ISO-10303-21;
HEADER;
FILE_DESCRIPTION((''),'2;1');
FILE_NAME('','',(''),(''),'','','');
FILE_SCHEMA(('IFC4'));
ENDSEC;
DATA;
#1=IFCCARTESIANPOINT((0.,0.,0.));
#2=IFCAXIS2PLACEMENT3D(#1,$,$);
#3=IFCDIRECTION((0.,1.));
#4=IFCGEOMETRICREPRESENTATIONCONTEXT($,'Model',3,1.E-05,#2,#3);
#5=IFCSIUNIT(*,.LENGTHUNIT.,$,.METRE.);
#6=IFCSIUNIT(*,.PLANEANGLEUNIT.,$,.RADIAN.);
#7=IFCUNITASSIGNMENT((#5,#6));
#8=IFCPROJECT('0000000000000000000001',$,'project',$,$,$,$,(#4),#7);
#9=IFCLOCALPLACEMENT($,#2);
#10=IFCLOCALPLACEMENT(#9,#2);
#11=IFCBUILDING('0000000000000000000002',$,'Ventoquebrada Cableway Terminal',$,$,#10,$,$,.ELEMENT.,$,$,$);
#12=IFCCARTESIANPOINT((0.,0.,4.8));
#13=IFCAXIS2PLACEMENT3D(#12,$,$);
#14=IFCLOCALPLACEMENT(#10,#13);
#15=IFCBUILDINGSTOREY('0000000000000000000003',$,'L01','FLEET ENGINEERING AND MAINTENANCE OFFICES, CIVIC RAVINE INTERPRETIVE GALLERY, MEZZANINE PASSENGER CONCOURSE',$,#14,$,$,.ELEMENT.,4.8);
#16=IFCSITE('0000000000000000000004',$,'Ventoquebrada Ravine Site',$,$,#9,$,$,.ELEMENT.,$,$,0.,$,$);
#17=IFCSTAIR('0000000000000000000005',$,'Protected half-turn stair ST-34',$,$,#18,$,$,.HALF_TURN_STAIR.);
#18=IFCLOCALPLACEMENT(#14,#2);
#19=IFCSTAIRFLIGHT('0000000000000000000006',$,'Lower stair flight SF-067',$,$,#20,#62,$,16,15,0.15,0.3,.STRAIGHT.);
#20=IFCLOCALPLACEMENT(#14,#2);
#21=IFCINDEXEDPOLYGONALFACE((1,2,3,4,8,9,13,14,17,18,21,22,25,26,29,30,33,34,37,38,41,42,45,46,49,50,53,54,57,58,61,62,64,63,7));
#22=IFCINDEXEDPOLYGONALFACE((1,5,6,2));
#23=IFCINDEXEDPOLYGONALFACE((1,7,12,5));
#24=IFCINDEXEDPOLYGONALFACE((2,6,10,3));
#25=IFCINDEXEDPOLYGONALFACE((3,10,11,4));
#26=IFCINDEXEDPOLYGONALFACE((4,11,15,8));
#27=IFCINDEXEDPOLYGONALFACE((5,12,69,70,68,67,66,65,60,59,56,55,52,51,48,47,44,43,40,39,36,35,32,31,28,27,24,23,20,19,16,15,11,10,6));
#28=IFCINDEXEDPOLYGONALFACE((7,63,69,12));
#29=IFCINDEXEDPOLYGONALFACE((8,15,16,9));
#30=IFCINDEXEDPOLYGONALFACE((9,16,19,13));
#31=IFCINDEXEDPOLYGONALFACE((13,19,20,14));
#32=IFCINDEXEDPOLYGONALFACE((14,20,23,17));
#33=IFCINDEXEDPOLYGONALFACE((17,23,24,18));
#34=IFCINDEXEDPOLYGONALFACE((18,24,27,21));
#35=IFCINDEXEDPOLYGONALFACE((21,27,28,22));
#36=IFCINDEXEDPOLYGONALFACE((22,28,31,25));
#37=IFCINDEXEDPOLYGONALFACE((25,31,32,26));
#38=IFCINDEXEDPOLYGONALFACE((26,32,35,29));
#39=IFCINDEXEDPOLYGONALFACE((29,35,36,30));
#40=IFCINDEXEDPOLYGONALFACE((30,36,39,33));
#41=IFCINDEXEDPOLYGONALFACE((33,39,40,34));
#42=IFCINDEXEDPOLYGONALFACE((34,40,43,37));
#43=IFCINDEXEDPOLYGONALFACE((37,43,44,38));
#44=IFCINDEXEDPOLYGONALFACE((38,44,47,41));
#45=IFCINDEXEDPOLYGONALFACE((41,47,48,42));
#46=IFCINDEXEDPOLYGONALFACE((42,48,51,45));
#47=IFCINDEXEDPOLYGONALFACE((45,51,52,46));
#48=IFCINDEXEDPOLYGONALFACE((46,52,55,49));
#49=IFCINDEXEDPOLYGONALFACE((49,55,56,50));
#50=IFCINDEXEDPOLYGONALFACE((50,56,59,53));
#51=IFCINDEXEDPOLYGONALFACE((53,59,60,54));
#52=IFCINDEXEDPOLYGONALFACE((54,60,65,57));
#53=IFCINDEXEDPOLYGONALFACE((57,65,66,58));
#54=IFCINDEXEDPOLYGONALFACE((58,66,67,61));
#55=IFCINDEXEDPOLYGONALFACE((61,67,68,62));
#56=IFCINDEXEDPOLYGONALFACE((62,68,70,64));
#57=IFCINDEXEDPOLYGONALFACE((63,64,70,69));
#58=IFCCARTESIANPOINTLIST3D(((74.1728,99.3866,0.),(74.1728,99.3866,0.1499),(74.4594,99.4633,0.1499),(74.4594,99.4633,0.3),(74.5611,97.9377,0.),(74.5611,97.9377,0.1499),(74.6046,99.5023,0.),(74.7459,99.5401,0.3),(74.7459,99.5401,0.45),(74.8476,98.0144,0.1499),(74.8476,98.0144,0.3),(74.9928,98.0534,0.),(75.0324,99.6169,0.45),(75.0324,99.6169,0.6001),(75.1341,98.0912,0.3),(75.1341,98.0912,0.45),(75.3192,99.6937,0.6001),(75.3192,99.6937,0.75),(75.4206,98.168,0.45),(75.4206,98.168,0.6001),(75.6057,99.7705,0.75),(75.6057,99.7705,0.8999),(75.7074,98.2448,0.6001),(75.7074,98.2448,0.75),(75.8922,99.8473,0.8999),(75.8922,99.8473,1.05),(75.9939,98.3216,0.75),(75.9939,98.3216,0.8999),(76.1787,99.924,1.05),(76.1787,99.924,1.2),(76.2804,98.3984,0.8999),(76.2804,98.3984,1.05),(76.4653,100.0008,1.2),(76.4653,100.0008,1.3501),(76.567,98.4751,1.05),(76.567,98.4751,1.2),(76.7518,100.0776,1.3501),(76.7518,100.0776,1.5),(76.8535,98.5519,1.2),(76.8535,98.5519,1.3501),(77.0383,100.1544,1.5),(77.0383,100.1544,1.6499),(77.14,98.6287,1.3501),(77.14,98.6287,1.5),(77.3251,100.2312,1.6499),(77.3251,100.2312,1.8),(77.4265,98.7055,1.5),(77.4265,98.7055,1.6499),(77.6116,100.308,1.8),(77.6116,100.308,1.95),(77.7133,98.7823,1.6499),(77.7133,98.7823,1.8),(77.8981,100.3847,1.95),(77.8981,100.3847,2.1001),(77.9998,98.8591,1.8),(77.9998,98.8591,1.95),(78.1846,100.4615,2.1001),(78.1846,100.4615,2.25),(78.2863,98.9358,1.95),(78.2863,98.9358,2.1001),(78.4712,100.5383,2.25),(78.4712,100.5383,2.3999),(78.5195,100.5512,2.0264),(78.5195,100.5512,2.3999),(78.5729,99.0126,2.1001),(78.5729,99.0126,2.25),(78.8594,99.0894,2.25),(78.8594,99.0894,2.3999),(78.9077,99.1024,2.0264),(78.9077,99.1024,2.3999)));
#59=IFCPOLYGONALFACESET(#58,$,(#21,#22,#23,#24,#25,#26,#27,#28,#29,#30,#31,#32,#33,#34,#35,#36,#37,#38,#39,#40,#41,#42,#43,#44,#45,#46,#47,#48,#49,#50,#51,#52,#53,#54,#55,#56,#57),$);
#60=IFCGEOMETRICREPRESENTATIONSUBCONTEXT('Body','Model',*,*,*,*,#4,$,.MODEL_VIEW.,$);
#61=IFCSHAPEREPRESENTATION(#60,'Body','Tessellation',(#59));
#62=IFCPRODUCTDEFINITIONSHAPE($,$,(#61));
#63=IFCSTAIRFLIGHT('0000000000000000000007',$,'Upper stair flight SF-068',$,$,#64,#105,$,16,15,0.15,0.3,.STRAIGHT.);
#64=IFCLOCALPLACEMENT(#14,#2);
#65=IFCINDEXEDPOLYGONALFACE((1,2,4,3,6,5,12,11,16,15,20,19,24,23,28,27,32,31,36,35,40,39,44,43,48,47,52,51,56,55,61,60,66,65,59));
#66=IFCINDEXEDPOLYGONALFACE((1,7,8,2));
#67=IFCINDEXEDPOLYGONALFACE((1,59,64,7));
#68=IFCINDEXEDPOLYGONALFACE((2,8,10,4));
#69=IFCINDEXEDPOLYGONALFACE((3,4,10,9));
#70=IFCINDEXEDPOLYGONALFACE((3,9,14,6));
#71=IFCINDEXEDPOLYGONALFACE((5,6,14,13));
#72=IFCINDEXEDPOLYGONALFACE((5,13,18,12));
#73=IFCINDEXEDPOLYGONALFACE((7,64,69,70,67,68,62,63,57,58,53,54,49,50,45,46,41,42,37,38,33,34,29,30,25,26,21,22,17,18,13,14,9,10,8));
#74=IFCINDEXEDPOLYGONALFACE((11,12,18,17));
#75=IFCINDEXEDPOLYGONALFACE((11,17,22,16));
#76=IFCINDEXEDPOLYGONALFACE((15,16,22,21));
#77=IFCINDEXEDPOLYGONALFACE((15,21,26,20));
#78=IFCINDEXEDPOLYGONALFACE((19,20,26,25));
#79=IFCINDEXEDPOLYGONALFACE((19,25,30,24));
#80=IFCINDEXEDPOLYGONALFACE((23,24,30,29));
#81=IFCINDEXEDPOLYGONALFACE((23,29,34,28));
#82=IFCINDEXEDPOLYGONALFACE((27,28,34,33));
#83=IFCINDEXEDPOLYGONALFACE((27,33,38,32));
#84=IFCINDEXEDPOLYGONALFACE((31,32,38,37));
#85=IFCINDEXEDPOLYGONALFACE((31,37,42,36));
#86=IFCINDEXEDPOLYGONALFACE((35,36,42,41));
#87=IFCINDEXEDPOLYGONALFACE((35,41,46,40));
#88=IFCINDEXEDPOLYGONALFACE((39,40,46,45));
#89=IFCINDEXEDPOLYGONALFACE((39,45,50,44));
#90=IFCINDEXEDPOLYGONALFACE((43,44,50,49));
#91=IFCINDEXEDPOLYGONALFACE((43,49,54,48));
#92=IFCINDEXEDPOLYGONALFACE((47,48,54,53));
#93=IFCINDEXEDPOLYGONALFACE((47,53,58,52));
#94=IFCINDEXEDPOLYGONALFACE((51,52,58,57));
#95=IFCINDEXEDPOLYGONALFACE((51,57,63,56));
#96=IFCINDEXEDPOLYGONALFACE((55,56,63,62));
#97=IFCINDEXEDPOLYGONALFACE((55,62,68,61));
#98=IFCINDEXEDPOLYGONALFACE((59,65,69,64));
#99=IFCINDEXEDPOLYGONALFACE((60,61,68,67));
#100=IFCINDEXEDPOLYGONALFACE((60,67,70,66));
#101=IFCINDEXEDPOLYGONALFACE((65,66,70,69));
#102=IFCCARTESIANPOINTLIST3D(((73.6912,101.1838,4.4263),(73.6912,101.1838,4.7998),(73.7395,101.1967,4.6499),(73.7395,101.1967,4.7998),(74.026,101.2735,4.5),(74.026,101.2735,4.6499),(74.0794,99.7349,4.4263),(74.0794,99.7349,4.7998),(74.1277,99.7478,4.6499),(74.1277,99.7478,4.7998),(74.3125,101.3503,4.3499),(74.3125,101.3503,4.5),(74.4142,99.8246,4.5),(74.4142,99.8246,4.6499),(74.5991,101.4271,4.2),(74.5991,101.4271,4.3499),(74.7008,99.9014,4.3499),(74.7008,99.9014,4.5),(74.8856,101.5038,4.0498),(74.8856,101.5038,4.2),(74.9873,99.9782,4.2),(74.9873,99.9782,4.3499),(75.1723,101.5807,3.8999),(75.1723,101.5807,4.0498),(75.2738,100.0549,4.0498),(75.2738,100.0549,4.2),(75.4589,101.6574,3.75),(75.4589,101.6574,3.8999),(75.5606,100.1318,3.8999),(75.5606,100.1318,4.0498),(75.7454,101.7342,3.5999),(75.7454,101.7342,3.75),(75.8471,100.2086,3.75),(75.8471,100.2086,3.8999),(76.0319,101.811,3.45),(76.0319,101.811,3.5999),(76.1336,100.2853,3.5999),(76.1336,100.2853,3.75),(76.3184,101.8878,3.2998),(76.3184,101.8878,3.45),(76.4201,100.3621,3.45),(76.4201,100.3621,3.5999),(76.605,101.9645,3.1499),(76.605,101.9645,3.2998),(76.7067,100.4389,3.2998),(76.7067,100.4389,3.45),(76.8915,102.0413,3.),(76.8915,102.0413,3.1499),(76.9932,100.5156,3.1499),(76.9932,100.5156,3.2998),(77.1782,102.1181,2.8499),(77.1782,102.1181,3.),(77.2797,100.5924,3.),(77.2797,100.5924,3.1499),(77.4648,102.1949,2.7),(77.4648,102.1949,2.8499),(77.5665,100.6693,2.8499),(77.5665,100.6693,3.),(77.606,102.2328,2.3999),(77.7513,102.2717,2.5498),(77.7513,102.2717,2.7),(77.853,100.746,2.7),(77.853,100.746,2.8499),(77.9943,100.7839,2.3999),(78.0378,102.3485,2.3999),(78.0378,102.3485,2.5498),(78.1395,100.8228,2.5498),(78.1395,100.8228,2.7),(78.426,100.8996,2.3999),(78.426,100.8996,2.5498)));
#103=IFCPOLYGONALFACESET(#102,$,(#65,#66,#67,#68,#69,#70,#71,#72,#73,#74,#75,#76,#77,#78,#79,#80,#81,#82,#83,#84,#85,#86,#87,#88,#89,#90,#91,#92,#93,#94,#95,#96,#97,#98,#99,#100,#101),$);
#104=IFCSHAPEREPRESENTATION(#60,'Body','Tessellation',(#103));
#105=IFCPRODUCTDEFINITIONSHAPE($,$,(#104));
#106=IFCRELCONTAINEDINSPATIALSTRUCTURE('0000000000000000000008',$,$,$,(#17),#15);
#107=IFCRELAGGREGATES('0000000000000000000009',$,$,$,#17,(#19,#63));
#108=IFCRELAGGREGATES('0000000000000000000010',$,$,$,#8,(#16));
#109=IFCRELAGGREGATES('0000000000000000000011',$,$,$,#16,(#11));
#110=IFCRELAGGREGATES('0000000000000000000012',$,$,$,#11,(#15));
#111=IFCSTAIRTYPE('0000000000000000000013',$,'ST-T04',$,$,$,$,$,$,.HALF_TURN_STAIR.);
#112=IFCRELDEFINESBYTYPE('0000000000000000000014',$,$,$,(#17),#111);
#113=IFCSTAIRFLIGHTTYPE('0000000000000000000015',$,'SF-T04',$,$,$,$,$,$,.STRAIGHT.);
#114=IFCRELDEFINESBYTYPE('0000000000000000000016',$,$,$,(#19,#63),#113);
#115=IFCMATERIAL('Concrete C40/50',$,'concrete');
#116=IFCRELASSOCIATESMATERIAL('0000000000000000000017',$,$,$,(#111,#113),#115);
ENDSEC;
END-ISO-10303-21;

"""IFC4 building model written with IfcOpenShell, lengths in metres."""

from ifc_helpers import new_model, si_unit, direction, frame, origin, place, context, subcontext, project, spatial, polyline, outline, extrude, material, type_object, element, aggregate, save


model = new_model("IFC4")

# Units and contexts
model_context = context("Model", 3, precision=1e-05, world=origin(), true_north=direction((0.0, 1.0)))
body_context = subcontext(model_context, "Body", "Model", "MODEL_VIEW")
ifc_project = project(units=[si_unit("LENGTHUNIT", "METRE"), si_unit("PLANEANGLEUNIT", "RADIAN")], contexts=[model_context])

# Site, building, storey
site_placement = place(None, origin())
site = spatial("IfcSite", under=ifc_project, at=site_placement, Name="Ventoquebrada Ravine Site", CompositionType="ELEMENT", RefElevation=0.0)
building_placement = place(site_placement, origin())
building = spatial("IfcBuilding", under=site, at=building_placement, Name="Ventoquebrada Cableway Terminal", CompositionType="ELEMENT")
storey_placement = place(building_placement, frame((0.0, 0.0, 4.8)))
storey = spatial("IfcBuildingStorey", under=building, at=storey_placement, Name="L01", Description="FLEET ENGINEERING AND MAINTENANCE OFFICES, CIVIC RAVINE INTERPRETIVE GALLERY, MEZZANINE PASSENGER CONCOURSE", CompositionType="ELEMENT", Elevation=4.8)

# Shared definitions
ifc_material_1 = material(Name="Concrete C40/50", Category="concrete")

# Stair, stair flights
stair_type = type_object("IfcStairType", Name="ST-T04", PredefinedType="HALF_TURN_STAIR", material=ifc_material_1)
stair_placement = place(storey_placement, origin())
stair = element("IfcStair", 1, at=stair_placement, inside=storey, type_object=stair_type, Name="Protected half-turn stair ST-34", PredefinedType="HALF_TURN_STAIR")
stair_flight_type = type_object("IfcStairFlightType", Name="SF-T04", PredefinedType="STRAIGHT", material=ifc_material_1)
stair_flight_1_placement = place(storey_placement, frame((74.3669, 98.6621, 0.0), z_axis=(0.0, 0.0, 1.0), x_axis=(0.965926, 0.258819, 0.0)))
stair_flight_1 = element("IfcStairFlight", 2, at=stair_flight_1_placement, type_object=stair_flight_type, Name="Lower stair flight SF-067", NumberOfRisers=16, NumberOfTreads=15, PredefinedType="STRAIGHT", RiserHeight=0.15, TreadLength=0.3, context=body_context, shape_type="SweptSolid", body=[
    extrude(outline(polyline([(0.0, 0.0), (0.0, 0.1499), (0.2966, 0.1499), (0.2966, 0.3), (0.5933, 0.3), (0.5933, 0.45), (0.8899, 0.45), (0.8899, 0.6001), (1.1868, 0.6001), (1.1868, 0.75), (1.4834, 0.75), (1.4834, 0.8999), (1.78, 0.8999), (1.78, 1.05), (2.0767, 1.05), (2.0767, 1.2), (2.3733, 1.2), (2.3733, 1.3501), (2.6699, 1.3501), (2.6699, 1.5), (2.9666, 1.5), (2.9666, 1.6499), (3.2634, 1.6499), (3.2634, 1.8), (3.5601, 1.8), (3.5601, 1.95), (3.8567, 1.95), (3.8567, 2.1001), (4.1533, 2.1001), (4.1533, 2.25), (4.45, 2.25), (4.45, 2.3999), (4.5, 2.3999), (4.5, 2.0264), (0.447, 0.0), (0.0, 0.0)])), frame((0.0, 0.75, 0.0), z_axis=(0.0, -1.0, 0.0), x_axis=(1.0, 0.0, 0.0)), (0.0, 0.0, 1.0), 1.5),
])
stair_flight_2_placement = place(storey_placement, frame((78.2319, 101.624, 2.3999), z_axis=(0.0, 0.0, 1.0), x_axis=(-0.965926, -0.258819, 0.0)))
stair_flight_2 = element("IfcStairFlight", 3, at=stair_flight_2_placement, type_object=stair_flight_type, Name="Upper stair flight SF-068", NumberOfRisers=16, NumberOfTreads=15, PredefinedType="STRAIGHT", RiserHeight=0.15, TreadLength=0.3, context=body_context, shape_type="SweptSolid", body=[
    extrude(outline(polyline([(0.0, 0.0), (0.0, 0.1499), (0.2966, 0.1499), (0.2966, 0.3), (0.5933, 0.3), (0.5933, 0.45), (0.8899, 0.45), (0.8899, 0.6001), (1.1868, 0.6001), (1.1868, 0.75), (1.4834, 0.75), (1.4834, 0.8999), (1.78, 0.8999), (1.78, 1.05), (2.0767, 1.05), (2.0767, 1.2), (2.3733, 1.2), (2.3733, 1.3501), (2.6699, 1.3501), (2.6699, 1.5), (2.9666, 1.5), (2.9666, 1.6499), (3.2634, 1.6499), (3.2634, 1.8), (3.5601, 1.8), (3.5601, 1.95), (3.8567, 1.95), (3.8567, 2.1001), (4.1533, 2.1001), (4.1533, 2.25), (4.45, 2.25), (4.45, 2.3999), (4.5, 2.3999), (4.5, 2.0264), (0.447, 0.0), (0.0, 0.0)])), frame((0.0, 0.75, 0.0), z_axis=(0.0, -1.0, 0.0), x_axis=(1.0, 0.0, 0.0)), (0.0, 0.0, 1.0), 1.5),
])
aggregate(stair, [stair_flight_1, stair_flight_2])

save(model, "model.ifc")
